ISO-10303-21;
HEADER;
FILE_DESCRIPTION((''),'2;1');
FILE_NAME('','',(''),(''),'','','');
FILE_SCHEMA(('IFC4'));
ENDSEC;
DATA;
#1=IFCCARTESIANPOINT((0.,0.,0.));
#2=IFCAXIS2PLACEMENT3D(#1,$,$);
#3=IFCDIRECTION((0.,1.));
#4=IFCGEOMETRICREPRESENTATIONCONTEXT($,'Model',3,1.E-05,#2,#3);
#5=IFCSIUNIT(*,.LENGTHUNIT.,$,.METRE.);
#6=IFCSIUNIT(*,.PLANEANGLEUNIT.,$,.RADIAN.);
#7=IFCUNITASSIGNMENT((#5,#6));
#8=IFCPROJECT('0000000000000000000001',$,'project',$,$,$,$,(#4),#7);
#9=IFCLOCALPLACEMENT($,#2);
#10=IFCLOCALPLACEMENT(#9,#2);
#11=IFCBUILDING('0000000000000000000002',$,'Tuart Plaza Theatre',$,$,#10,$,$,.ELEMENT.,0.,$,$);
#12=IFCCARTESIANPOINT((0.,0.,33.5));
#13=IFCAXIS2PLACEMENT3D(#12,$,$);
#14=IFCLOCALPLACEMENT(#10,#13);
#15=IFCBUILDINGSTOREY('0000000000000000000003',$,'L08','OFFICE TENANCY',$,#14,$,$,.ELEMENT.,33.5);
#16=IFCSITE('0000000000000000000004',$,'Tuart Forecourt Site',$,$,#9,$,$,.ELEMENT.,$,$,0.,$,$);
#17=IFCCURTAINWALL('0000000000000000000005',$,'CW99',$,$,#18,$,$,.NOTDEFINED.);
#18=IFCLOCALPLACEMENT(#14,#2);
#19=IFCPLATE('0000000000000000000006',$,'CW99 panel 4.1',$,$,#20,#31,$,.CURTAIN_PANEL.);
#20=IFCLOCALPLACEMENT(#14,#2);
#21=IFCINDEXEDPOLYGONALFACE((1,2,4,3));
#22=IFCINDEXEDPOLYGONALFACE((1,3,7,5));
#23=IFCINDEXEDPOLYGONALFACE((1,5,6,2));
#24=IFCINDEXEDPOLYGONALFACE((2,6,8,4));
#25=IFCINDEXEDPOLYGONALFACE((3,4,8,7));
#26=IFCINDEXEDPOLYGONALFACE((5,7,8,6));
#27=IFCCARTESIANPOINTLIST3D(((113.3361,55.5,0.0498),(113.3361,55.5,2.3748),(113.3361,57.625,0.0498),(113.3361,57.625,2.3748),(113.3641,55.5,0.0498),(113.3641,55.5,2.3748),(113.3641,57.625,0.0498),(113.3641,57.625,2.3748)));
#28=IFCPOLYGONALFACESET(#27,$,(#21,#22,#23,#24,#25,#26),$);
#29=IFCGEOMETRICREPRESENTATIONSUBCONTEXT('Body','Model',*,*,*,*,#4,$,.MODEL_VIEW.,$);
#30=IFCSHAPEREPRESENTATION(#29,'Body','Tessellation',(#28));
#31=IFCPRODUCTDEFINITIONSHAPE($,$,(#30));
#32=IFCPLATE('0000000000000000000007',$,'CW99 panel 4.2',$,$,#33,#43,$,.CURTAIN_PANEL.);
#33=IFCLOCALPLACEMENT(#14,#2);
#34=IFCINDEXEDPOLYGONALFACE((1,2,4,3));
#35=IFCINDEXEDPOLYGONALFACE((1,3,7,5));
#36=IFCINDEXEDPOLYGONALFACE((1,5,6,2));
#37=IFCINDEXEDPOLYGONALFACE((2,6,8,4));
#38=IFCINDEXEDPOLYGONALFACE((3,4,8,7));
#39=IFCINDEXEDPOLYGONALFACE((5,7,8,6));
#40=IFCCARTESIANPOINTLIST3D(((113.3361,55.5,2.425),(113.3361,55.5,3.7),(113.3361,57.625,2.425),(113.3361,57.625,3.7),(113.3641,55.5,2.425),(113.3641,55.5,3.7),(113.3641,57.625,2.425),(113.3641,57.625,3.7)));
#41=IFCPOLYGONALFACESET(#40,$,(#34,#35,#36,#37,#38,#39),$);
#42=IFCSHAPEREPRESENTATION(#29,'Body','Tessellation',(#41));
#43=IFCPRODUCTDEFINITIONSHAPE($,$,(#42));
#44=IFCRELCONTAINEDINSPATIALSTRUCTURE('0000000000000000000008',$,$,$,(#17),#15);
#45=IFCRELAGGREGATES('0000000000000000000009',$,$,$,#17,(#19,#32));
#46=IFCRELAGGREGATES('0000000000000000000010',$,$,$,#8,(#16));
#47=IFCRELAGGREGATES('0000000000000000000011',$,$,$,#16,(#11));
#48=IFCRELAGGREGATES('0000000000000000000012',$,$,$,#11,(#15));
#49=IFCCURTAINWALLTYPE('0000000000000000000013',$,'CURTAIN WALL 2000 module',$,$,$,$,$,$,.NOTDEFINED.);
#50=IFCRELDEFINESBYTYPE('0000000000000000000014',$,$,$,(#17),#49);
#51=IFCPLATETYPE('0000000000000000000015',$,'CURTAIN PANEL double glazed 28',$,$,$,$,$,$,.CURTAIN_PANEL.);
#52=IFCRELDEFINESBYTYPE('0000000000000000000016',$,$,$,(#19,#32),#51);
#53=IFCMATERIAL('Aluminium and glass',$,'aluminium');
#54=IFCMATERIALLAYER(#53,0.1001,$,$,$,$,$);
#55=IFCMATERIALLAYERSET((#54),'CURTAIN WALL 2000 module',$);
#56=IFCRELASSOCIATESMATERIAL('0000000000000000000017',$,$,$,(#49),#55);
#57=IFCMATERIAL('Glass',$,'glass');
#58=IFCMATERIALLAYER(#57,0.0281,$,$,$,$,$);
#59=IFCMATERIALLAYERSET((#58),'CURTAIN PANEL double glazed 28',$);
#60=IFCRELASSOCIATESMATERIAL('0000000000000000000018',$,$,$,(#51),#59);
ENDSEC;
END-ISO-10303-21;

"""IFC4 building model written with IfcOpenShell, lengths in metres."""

from ifc_helpers import new_model, si_unit, direction, frame, origin, origin_2d, place, context, subcontext, project, spatial, rectangle, extrude, material, layer, layer_set, type_object, element, aggregate, save


model = new_model("IFC4")

# Units and contexts
model_context = context("Model", 3, precision=1e-05, world=origin(), true_north=direction((0.0, 1.0)))
body_context = subcontext(model_context, "Body", "Model", "MODEL_VIEW")
ifc_project = project(units=[si_unit("LENGTHUNIT", "METRE"), si_unit("PLANEANGLEUNIT", "RADIAN")], contexts=[model_context])

# Site, building, storey
site_placement = place(None, origin())
site = spatial("IfcSite", under=ifc_project, at=site_placement, Name="Tuart Forecourt Site", CompositionType="ELEMENT", RefElevation=0.0)
building_placement = place(site_placement, origin())
building = spatial("IfcBuilding", under=site, at=building_placement, Name="Tuart Plaza Theatre", CompositionType="ELEMENT", ElevationOfRefHeight=0.0)
storey_placement = place(building_placement, frame((0.0, 0.0, 33.5)))
storey = spatial("IfcBuildingStorey", under=building, at=storey_placement, Name="L08", Description="OFFICE TENANCY", CompositionType="ELEMENT", Elevation=33.5)

# Curtain wall
ifc_material_1 = material(Name="Aluminium and glass", Category="aluminium")
ifc_layer_1 = layer(ifc_material_1, 0.1001)
ifc_layer_set_1 = layer_set([ifc_layer_1], Name="CURTAIN WALL 2000 module")
curtain_wall_type = type_object("IfcCurtainWallType", Name="CURTAIN WALL 2000 module", PredefinedType="NOTDEFINED", material=ifc_layer_set_1)
curtain_wall_1_placement = place(storey_placement, origin())
curtain_wall_1 = element("IfcCurtainWall", 1, at=curtain_wall_1_placement, inside=storey, type_object=curtain_wall_type, Name="CW99", PredefinedType="NOTDEFINED")

# Plates
ifc_material_2 = material(Name="Glass", Category="glass")
ifc_layer_2 = layer(ifc_material_2, 0.0281)
ifc_layer_set_2 = layer_set([ifc_layer_2], Name="CURTAIN PANEL double glazed 28")
plate_type = type_object("IfcPlateType", Name="CURTAIN PANEL double glazed 28", PredefinedType="CURTAIN_PANEL", material=ifc_layer_set_2)
plate_1_placement = place(storey_placement, frame((113.3501, 56.5625, 0.0498), z_axis=(0.0, 0.0, 1.0), x_axis=(0.0, -1.0, 0.0)))
plate_1 = element("IfcPlate", 2, at=plate_1_placement, type_object=plate_type, Name="CW99 panel 4.1", PredefinedType="CURTAIN_PANEL", context=body_context, shape_type="SweptSolid", body=[
    extrude(rectangle(XDim=2.125, YDim=0.0281, at=origin_2d()), origin(), (0.0, 0.0, 1.0), 2.325),
])
plate_2_placement = place(storey_placement, frame((113.3501, 56.5625, 2.425), z_axis=(0.0, 0.0, 1.0), x_axis=(0.0, -1.0, 0.0)))
plate_2 = element("IfcPlate", 3, at=plate_2_placement, type_object=plate_type, Name="CW99 panel 4.2", PredefinedType="CURTAIN_PANEL", context=body_context, shape_type="SweptSolid", body=[
    extrude(rectangle(XDim=2.125, YDim=0.0281, at=origin_2d()), origin(), (0.0, 0.0, 1.0), 1.2749),
])
aggregate(curtain_wall_1, [plate_1, plate_2])

save(model, "model.ifc")
